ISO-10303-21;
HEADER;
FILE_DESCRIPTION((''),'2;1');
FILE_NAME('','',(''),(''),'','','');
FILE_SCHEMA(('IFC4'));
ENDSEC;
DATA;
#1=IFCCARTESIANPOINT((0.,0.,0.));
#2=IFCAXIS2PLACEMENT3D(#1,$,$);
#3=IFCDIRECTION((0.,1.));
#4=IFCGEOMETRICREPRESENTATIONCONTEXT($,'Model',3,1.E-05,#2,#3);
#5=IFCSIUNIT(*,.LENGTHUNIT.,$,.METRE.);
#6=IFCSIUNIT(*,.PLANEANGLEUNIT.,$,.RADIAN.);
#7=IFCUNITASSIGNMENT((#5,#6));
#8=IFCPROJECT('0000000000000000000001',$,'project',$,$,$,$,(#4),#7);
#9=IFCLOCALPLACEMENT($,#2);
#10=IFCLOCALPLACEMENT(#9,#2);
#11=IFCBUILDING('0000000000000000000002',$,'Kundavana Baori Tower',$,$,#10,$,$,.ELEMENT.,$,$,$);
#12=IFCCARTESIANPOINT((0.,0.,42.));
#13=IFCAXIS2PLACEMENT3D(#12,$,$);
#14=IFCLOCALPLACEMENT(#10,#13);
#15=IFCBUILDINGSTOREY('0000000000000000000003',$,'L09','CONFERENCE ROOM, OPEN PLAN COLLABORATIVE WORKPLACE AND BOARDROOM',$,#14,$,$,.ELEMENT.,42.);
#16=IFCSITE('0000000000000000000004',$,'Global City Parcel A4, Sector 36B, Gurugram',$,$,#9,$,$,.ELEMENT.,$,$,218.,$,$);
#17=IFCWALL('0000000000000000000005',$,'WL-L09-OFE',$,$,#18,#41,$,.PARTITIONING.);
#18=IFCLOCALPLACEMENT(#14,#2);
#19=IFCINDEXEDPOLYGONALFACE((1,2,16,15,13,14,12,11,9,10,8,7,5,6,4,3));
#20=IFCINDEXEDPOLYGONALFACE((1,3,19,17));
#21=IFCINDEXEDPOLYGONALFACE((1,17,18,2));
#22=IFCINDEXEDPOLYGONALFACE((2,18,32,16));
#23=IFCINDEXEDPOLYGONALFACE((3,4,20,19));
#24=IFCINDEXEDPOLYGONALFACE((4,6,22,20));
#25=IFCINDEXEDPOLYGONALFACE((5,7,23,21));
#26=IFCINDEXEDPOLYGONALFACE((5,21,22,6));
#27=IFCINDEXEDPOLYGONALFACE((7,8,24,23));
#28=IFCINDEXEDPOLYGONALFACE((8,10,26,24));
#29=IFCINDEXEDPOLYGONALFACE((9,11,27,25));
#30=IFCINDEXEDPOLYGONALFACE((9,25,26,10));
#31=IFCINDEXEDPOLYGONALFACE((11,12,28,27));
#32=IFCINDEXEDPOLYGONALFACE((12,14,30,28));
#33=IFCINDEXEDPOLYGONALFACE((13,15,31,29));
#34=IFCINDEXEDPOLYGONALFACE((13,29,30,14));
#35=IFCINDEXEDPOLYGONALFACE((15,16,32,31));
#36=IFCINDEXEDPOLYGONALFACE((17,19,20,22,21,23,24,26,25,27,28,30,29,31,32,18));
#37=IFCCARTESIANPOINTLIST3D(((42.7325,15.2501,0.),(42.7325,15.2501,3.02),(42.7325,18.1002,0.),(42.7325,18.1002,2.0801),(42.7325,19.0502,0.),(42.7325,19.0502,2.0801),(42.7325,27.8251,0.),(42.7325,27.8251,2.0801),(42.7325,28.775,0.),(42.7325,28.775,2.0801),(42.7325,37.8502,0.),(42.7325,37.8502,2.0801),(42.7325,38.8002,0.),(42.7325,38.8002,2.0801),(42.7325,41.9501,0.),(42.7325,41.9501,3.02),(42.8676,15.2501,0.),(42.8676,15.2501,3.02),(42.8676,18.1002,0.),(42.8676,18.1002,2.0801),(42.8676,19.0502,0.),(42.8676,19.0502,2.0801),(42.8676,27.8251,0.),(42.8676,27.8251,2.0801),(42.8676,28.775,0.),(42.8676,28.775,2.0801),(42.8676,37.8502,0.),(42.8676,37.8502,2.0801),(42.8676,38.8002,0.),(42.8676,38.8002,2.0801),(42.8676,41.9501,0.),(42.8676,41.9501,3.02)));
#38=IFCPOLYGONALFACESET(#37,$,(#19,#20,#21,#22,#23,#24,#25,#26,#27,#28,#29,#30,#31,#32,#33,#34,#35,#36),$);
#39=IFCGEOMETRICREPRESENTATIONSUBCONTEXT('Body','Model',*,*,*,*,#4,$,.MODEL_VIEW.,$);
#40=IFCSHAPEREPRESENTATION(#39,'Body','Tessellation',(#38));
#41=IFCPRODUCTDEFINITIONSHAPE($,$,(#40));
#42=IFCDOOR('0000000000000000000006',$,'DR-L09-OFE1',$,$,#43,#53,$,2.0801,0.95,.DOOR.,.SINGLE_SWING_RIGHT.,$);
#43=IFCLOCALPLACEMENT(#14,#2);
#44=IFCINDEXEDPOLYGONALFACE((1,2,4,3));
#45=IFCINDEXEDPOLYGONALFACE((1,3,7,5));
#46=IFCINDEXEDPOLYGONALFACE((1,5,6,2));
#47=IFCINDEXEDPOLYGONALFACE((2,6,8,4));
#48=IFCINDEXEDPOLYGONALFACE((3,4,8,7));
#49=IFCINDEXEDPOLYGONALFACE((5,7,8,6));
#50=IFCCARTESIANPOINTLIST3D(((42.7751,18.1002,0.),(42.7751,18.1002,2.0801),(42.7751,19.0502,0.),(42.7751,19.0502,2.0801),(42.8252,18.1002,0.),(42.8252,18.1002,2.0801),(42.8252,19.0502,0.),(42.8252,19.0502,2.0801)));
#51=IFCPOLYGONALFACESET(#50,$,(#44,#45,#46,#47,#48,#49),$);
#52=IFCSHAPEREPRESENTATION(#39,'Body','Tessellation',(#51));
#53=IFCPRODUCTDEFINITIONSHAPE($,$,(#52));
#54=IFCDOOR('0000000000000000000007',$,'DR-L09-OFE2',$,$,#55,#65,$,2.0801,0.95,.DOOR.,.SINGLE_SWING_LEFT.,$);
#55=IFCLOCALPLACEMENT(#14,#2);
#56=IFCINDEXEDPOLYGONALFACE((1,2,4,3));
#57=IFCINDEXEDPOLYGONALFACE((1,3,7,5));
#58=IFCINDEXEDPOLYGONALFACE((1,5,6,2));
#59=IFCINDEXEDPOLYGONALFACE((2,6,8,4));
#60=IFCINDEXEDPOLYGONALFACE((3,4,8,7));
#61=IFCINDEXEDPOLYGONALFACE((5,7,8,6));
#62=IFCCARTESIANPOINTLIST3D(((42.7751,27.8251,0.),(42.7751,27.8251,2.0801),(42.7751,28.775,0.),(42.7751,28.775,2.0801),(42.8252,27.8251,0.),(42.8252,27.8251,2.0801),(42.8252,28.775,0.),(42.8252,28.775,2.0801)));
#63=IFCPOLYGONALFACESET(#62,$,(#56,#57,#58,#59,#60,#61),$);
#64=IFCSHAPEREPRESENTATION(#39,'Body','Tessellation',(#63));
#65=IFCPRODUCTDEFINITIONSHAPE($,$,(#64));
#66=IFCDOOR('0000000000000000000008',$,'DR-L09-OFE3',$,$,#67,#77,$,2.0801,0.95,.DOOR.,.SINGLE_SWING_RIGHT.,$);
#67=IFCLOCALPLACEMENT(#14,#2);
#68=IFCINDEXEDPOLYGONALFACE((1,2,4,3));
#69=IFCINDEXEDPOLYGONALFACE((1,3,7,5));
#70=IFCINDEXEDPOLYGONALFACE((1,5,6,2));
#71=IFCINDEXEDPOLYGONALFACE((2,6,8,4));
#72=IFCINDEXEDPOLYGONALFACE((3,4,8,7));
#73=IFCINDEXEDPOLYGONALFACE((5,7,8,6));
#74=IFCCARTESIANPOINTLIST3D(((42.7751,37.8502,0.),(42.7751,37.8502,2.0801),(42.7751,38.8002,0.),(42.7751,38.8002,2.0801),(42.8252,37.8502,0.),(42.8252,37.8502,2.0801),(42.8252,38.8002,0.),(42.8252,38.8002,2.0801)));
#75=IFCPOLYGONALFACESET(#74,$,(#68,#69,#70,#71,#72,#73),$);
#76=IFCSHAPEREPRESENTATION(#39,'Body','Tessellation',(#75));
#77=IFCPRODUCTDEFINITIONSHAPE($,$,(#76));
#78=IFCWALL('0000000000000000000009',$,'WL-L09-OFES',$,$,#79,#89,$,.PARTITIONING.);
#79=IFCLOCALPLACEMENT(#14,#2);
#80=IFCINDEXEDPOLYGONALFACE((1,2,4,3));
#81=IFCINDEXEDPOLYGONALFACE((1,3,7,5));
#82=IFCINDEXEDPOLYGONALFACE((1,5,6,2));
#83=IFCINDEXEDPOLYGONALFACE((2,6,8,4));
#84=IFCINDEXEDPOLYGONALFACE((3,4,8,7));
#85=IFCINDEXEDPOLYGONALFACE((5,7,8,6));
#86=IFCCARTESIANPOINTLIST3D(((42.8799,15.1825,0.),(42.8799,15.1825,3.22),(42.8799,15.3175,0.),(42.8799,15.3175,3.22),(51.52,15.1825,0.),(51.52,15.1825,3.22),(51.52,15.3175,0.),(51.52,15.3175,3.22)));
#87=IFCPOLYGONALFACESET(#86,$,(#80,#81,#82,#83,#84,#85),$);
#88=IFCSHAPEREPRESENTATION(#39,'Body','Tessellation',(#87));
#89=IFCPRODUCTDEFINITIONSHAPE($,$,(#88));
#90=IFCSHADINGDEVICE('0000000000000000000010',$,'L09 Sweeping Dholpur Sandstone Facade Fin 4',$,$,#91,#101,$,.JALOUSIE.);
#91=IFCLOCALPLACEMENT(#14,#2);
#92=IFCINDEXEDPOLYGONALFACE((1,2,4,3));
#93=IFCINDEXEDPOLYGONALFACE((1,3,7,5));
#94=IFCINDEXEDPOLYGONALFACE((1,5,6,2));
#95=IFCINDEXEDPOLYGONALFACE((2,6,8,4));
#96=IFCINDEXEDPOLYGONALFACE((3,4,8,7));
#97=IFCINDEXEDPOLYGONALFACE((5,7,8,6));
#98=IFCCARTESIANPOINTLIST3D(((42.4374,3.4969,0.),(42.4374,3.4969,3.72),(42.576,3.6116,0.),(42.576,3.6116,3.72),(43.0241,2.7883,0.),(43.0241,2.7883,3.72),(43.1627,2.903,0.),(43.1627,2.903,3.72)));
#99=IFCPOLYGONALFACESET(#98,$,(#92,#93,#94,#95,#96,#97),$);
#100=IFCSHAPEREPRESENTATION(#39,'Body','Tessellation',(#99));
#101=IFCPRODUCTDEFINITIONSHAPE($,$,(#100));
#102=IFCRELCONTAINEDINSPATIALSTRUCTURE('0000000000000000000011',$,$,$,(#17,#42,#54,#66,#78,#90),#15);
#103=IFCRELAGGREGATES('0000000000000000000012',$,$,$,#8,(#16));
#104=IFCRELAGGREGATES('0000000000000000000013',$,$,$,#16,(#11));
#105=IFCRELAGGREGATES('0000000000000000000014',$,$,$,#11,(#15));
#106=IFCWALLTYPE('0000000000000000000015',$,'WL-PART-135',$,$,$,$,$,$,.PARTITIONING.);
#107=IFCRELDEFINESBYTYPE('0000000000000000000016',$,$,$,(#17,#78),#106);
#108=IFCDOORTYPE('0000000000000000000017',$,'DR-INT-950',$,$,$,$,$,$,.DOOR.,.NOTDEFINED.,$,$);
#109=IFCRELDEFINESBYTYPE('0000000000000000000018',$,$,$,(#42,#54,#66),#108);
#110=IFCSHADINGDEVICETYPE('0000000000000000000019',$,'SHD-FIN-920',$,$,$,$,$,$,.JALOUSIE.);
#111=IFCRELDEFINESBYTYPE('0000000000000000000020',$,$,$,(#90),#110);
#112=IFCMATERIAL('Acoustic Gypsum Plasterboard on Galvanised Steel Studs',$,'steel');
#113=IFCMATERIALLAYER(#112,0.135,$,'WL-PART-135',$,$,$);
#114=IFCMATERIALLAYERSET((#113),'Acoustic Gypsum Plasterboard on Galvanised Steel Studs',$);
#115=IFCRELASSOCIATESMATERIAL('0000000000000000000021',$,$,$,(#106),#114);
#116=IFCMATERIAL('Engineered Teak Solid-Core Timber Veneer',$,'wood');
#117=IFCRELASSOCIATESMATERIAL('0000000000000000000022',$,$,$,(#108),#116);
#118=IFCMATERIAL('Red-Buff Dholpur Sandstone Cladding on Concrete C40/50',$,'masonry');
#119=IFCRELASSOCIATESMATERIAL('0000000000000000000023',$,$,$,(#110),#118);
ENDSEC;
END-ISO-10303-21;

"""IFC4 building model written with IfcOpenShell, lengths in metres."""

from ifc_helpers import new_model, si_unit, direction, frame, frame_2d, origin, origin_2d, place, context, subcontext, project, spatial, rectangle, extrude, material, layer, layer_set, type_object, element, fill, save


model = new_model("IFC4")

# Units and contexts
model_context = context("Model", 3, precision=1e-05, world=origin(), true_north=direction((0.0, 1.0)))
body_context = subcontext(model_context, "Body", "Model", "MODEL_VIEW")
ifc_project = project(units=[si_unit("LENGTHUNIT", "METRE"), si_unit("PLANEANGLEUNIT", "RADIAN")], contexts=[model_context])

# Site, building, storey
site_placement = place(None, origin())
site = spatial("IfcSite", under=ifc_project, at=site_placement, Name="Global City Parcel A4, Sector 36B, Gurugram", CompositionType="ELEMENT", RefElevation=218.0)
building_placement = place(site_placement, origin())
building = spatial("IfcBuilding", under=site, at=building_placement, Name="Kundavana Baori Tower", CompositionType="ELEMENT")
storey_placement = place(building_placement, frame((0.0, 0.0, 42.0)))
storey = spatial("IfcBuildingStorey", under=building, at=storey_placement, Name="L09", Description="CONFERENCE ROOM, OPEN PLAN COLLABORATIVE WORKPLACE AND BOARDROOM", CompositionType="ELEMENT", Elevation=42.0)

# Shared definitions
ifc_material_1 = material(Name="Acoustic Gypsum Plasterboard on Galvanised Steel Studs", Category="steel")
ifc_layer_1 = layer(ifc_material_1, 0.135, Name="WL-PART-135")
ifc_layer_set_1 = layer_set([ifc_layer_1], Name="Acoustic Gypsum Plasterboard on Galvanised Steel Studs")
wall_type_1 = type_object("IfcWallType", Name="WL-PART-135", PredefinedType="PARTITIONING", material=ifc_layer_set_1)

# Wall, openings, doors
wall_1_placement = place(storey_placement, frame((42.8, 15.25, 0.0), z_axis=(0.0, 0.0, 1.0), x_axis=(0.0, 1.0, 0.0)))
wall_1 = element("IfcWall", 1, at=wall_1_placement, inside=storey, type_object=wall_type_1, Name="WL-L09-OFE", PredefinedType="PARTITIONING", context=body_context, shape_type="SweptSolid", body=[
    extrude(rectangle(XDim=26.7, YDim=0.135, at=frame_2d((13.3501, 0.0))), origin(), (0.0, 0.0, 1.0), 3.02),
])
opening_1_placement = place(wall_1_placement, frame((2.8501, 0.0, 0.0)))
opening_1 = element("IfcOpeningElement", 2, at=opening_1_placement, cuts=wall_1, PredefinedType="OPENING", context=body_context, shape_type="SweptSolid", body=[
    extrude(rectangle(XDim=0.95, YDim=2.0801, at=frame_2d((0.4751, 1.04))), frame((0.0, 0.0776, 0.0), z_axis=(0.0, -1.0, 0.0), x_axis=(1.0, 0.0, 0.0)), (0.0, 0.0, 1.0), 0.155),
])
opening_2_placement = place(wall_1_placement, frame((12.575, 0.0, 0.0)))
opening_2 = element("IfcOpeningElement", 3, at=opening_2_placement, cuts=wall_1, PredefinedType="OPENING", context=body_context, shape_type="SweptSolid", body=[
    extrude(rectangle(XDim=0.95, YDim=2.0801, at=frame_2d((0.4751, 1.04))), frame((0.0, 0.0776, 0.0), z_axis=(0.0, -1.0, 0.0), x_axis=(1.0, 0.0, 0.0)), (0.0, 0.0, 1.0), 0.155),
])
opening_3_placement = place(wall_1_placement, frame((22.6001, 0.0, 0.0)))
opening_3 = element("IfcOpeningElement", 4, at=opening_3_placement, cuts=wall_1, PredefinedType="OPENING", context=body_context, shape_type="SweptSolid", body=[
    extrude(rectangle(XDim=0.95, YDim=2.0801, at=frame_2d((0.4751, 1.04))), frame((0.0, 0.0776, 0.0), z_axis=(0.0, -1.0, 0.0), x_axis=(1.0, 0.0, 0.0)), (0.0, 0.0, 1.0), 0.155),
])
ifc_material_2 = material(Name="Engineered Teak Solid-Core Timber Veneer", Category="wood")
door_type_1 = type_object("IfcDoorType", Name="DR-INT-950", OperationType="NOTDEFINED", PredefinedType="DOOR", material=ifc_material_2)
door_1_placement = place(opening_1_placement, origin())
door_1 = element("IfcDoor", 5, at=door_1_placement, inside=storey, type_object=door_type_1, Name="DR-L09-OFE1", OperationType="SINGLE_SWING_RIGHT", OverallHeight=2.0801, OverallWidth=0.95, PredefinedType="DOOR", context=body_context, shape_type="SweptSolid", body=[
    extrude(rectangle(XDim=0.95, YDim=2.0801, at=frame_2d((0.4751, 1.04))), frame((0.0, 0.0249, 0.0), z_axis=(0.0, -1.0, 0.0), x_axis=(1.0, 0.0, 0.0)), (0.0, 0.0, 1.0), 0.05),
])
fill(opening_1, door_1)
door_2_placement = place(opening_2_placement, origin())
door_2 = element("IfcDoor", 6, at=door_2_placement, inside=storey, type_object=door_type_1, Name="DR-L09-OFE2", OperationType="SINGLE_SWING_LEFT", OverallHeight=2.0801, OverallWidth=0.95, PredefinedType="DOOR", context=body_context, shape_type="SweptSolid", body=[
    extrude(rectangle(XDim=0.95, YDim=2.0801, at=frame_2d((0.4751, 1.04))), frame((0.0, 0.0249, 0.0), z_axis=(0.0, -1.0, 0.0), x_axis=(1.0, 0.0, 0.0)), (0.0, 0.0, 1.0), 0.05),
])
fill(opening_2, door_2)
door_3_placement = place(opening_3_placement, origin())
door_3 = element("IfcDoor", 7, at=door_3_placement, inside=storey, type_object=door_type_1, Name="DR-L09-OFE3", OperationType="SINGLE_SWING_RIGHT", OverallHeight=2.0801, OverallWidth=0.95, PredefinedType="DOOR", context=body_context, shape_type="SweptSolid", body=[
    extrude(rectangle(XDim=0.95, YDim=2.0801, at=frame_2d((0.4751, 1.04))), frame((0.0, 0.0249, 0.0), z_axis=(0.0, -1.0, 0.0), x_axis=(1.0, 0.0, 0.0)), (0.0, 0.0, 1.0), 0.05),
])
fill(opening_3, door_3)

# Wall
wall_2_placement = place(storey_placement, frame((42.8799, 15.25, 0.0), z_axis=(0.0, 0.0, 1.0), x_axis=(1.0, 0.0, 0.0)))
element("IfcWall", 8, at=wall_2_placement, inside=storey, type_object=wall_type_1, Name="WL-L09-OFES", PredefinedType="PARTITIONING", context=body_context, shape_type="SweptSolid", body=[
    extrude(rectangle(XDim=8.6401, YDim=0.135, at=frame_2d((4.3201, 0.0))), origin(), (0.0, 0.0, 1.0), 3.22),
])

# Shading device
ifc_material_3 = material(Name="Red-Buff Dholpur Sandstone Cladding on Concrete C40/50", Category="masonry")
shading_device_type = type_object("IfcShadingDeviceType", Name="SHD-FIN-920", PredefinedType="JALOUSIE", material=ifc_material_3)
shading_device_placement = place(storey_placement, frame((42.8, 3.2, 0.0), z_axis=(0.0, 0.0, 1.0), x_axis=(0.770291, 0.637693, 0.0)))
element("IfcShadingDevice", 9, at=shading_device_placement, inside=storey, type_object=shading_device_type, Name="L09 Sweeping Dholpur Sandstone Facade Fin 4", PredefinedType="JALOUSIE", context=body_context, shape_type="SweptSolid", body=[
    extrude(rectangle(XDim=0.1799, YDim=0.9199, at=origin_2d()), origin(), (0.0, 0.0, 1.0), 3.72),
])

save(model, "model.ifc")
